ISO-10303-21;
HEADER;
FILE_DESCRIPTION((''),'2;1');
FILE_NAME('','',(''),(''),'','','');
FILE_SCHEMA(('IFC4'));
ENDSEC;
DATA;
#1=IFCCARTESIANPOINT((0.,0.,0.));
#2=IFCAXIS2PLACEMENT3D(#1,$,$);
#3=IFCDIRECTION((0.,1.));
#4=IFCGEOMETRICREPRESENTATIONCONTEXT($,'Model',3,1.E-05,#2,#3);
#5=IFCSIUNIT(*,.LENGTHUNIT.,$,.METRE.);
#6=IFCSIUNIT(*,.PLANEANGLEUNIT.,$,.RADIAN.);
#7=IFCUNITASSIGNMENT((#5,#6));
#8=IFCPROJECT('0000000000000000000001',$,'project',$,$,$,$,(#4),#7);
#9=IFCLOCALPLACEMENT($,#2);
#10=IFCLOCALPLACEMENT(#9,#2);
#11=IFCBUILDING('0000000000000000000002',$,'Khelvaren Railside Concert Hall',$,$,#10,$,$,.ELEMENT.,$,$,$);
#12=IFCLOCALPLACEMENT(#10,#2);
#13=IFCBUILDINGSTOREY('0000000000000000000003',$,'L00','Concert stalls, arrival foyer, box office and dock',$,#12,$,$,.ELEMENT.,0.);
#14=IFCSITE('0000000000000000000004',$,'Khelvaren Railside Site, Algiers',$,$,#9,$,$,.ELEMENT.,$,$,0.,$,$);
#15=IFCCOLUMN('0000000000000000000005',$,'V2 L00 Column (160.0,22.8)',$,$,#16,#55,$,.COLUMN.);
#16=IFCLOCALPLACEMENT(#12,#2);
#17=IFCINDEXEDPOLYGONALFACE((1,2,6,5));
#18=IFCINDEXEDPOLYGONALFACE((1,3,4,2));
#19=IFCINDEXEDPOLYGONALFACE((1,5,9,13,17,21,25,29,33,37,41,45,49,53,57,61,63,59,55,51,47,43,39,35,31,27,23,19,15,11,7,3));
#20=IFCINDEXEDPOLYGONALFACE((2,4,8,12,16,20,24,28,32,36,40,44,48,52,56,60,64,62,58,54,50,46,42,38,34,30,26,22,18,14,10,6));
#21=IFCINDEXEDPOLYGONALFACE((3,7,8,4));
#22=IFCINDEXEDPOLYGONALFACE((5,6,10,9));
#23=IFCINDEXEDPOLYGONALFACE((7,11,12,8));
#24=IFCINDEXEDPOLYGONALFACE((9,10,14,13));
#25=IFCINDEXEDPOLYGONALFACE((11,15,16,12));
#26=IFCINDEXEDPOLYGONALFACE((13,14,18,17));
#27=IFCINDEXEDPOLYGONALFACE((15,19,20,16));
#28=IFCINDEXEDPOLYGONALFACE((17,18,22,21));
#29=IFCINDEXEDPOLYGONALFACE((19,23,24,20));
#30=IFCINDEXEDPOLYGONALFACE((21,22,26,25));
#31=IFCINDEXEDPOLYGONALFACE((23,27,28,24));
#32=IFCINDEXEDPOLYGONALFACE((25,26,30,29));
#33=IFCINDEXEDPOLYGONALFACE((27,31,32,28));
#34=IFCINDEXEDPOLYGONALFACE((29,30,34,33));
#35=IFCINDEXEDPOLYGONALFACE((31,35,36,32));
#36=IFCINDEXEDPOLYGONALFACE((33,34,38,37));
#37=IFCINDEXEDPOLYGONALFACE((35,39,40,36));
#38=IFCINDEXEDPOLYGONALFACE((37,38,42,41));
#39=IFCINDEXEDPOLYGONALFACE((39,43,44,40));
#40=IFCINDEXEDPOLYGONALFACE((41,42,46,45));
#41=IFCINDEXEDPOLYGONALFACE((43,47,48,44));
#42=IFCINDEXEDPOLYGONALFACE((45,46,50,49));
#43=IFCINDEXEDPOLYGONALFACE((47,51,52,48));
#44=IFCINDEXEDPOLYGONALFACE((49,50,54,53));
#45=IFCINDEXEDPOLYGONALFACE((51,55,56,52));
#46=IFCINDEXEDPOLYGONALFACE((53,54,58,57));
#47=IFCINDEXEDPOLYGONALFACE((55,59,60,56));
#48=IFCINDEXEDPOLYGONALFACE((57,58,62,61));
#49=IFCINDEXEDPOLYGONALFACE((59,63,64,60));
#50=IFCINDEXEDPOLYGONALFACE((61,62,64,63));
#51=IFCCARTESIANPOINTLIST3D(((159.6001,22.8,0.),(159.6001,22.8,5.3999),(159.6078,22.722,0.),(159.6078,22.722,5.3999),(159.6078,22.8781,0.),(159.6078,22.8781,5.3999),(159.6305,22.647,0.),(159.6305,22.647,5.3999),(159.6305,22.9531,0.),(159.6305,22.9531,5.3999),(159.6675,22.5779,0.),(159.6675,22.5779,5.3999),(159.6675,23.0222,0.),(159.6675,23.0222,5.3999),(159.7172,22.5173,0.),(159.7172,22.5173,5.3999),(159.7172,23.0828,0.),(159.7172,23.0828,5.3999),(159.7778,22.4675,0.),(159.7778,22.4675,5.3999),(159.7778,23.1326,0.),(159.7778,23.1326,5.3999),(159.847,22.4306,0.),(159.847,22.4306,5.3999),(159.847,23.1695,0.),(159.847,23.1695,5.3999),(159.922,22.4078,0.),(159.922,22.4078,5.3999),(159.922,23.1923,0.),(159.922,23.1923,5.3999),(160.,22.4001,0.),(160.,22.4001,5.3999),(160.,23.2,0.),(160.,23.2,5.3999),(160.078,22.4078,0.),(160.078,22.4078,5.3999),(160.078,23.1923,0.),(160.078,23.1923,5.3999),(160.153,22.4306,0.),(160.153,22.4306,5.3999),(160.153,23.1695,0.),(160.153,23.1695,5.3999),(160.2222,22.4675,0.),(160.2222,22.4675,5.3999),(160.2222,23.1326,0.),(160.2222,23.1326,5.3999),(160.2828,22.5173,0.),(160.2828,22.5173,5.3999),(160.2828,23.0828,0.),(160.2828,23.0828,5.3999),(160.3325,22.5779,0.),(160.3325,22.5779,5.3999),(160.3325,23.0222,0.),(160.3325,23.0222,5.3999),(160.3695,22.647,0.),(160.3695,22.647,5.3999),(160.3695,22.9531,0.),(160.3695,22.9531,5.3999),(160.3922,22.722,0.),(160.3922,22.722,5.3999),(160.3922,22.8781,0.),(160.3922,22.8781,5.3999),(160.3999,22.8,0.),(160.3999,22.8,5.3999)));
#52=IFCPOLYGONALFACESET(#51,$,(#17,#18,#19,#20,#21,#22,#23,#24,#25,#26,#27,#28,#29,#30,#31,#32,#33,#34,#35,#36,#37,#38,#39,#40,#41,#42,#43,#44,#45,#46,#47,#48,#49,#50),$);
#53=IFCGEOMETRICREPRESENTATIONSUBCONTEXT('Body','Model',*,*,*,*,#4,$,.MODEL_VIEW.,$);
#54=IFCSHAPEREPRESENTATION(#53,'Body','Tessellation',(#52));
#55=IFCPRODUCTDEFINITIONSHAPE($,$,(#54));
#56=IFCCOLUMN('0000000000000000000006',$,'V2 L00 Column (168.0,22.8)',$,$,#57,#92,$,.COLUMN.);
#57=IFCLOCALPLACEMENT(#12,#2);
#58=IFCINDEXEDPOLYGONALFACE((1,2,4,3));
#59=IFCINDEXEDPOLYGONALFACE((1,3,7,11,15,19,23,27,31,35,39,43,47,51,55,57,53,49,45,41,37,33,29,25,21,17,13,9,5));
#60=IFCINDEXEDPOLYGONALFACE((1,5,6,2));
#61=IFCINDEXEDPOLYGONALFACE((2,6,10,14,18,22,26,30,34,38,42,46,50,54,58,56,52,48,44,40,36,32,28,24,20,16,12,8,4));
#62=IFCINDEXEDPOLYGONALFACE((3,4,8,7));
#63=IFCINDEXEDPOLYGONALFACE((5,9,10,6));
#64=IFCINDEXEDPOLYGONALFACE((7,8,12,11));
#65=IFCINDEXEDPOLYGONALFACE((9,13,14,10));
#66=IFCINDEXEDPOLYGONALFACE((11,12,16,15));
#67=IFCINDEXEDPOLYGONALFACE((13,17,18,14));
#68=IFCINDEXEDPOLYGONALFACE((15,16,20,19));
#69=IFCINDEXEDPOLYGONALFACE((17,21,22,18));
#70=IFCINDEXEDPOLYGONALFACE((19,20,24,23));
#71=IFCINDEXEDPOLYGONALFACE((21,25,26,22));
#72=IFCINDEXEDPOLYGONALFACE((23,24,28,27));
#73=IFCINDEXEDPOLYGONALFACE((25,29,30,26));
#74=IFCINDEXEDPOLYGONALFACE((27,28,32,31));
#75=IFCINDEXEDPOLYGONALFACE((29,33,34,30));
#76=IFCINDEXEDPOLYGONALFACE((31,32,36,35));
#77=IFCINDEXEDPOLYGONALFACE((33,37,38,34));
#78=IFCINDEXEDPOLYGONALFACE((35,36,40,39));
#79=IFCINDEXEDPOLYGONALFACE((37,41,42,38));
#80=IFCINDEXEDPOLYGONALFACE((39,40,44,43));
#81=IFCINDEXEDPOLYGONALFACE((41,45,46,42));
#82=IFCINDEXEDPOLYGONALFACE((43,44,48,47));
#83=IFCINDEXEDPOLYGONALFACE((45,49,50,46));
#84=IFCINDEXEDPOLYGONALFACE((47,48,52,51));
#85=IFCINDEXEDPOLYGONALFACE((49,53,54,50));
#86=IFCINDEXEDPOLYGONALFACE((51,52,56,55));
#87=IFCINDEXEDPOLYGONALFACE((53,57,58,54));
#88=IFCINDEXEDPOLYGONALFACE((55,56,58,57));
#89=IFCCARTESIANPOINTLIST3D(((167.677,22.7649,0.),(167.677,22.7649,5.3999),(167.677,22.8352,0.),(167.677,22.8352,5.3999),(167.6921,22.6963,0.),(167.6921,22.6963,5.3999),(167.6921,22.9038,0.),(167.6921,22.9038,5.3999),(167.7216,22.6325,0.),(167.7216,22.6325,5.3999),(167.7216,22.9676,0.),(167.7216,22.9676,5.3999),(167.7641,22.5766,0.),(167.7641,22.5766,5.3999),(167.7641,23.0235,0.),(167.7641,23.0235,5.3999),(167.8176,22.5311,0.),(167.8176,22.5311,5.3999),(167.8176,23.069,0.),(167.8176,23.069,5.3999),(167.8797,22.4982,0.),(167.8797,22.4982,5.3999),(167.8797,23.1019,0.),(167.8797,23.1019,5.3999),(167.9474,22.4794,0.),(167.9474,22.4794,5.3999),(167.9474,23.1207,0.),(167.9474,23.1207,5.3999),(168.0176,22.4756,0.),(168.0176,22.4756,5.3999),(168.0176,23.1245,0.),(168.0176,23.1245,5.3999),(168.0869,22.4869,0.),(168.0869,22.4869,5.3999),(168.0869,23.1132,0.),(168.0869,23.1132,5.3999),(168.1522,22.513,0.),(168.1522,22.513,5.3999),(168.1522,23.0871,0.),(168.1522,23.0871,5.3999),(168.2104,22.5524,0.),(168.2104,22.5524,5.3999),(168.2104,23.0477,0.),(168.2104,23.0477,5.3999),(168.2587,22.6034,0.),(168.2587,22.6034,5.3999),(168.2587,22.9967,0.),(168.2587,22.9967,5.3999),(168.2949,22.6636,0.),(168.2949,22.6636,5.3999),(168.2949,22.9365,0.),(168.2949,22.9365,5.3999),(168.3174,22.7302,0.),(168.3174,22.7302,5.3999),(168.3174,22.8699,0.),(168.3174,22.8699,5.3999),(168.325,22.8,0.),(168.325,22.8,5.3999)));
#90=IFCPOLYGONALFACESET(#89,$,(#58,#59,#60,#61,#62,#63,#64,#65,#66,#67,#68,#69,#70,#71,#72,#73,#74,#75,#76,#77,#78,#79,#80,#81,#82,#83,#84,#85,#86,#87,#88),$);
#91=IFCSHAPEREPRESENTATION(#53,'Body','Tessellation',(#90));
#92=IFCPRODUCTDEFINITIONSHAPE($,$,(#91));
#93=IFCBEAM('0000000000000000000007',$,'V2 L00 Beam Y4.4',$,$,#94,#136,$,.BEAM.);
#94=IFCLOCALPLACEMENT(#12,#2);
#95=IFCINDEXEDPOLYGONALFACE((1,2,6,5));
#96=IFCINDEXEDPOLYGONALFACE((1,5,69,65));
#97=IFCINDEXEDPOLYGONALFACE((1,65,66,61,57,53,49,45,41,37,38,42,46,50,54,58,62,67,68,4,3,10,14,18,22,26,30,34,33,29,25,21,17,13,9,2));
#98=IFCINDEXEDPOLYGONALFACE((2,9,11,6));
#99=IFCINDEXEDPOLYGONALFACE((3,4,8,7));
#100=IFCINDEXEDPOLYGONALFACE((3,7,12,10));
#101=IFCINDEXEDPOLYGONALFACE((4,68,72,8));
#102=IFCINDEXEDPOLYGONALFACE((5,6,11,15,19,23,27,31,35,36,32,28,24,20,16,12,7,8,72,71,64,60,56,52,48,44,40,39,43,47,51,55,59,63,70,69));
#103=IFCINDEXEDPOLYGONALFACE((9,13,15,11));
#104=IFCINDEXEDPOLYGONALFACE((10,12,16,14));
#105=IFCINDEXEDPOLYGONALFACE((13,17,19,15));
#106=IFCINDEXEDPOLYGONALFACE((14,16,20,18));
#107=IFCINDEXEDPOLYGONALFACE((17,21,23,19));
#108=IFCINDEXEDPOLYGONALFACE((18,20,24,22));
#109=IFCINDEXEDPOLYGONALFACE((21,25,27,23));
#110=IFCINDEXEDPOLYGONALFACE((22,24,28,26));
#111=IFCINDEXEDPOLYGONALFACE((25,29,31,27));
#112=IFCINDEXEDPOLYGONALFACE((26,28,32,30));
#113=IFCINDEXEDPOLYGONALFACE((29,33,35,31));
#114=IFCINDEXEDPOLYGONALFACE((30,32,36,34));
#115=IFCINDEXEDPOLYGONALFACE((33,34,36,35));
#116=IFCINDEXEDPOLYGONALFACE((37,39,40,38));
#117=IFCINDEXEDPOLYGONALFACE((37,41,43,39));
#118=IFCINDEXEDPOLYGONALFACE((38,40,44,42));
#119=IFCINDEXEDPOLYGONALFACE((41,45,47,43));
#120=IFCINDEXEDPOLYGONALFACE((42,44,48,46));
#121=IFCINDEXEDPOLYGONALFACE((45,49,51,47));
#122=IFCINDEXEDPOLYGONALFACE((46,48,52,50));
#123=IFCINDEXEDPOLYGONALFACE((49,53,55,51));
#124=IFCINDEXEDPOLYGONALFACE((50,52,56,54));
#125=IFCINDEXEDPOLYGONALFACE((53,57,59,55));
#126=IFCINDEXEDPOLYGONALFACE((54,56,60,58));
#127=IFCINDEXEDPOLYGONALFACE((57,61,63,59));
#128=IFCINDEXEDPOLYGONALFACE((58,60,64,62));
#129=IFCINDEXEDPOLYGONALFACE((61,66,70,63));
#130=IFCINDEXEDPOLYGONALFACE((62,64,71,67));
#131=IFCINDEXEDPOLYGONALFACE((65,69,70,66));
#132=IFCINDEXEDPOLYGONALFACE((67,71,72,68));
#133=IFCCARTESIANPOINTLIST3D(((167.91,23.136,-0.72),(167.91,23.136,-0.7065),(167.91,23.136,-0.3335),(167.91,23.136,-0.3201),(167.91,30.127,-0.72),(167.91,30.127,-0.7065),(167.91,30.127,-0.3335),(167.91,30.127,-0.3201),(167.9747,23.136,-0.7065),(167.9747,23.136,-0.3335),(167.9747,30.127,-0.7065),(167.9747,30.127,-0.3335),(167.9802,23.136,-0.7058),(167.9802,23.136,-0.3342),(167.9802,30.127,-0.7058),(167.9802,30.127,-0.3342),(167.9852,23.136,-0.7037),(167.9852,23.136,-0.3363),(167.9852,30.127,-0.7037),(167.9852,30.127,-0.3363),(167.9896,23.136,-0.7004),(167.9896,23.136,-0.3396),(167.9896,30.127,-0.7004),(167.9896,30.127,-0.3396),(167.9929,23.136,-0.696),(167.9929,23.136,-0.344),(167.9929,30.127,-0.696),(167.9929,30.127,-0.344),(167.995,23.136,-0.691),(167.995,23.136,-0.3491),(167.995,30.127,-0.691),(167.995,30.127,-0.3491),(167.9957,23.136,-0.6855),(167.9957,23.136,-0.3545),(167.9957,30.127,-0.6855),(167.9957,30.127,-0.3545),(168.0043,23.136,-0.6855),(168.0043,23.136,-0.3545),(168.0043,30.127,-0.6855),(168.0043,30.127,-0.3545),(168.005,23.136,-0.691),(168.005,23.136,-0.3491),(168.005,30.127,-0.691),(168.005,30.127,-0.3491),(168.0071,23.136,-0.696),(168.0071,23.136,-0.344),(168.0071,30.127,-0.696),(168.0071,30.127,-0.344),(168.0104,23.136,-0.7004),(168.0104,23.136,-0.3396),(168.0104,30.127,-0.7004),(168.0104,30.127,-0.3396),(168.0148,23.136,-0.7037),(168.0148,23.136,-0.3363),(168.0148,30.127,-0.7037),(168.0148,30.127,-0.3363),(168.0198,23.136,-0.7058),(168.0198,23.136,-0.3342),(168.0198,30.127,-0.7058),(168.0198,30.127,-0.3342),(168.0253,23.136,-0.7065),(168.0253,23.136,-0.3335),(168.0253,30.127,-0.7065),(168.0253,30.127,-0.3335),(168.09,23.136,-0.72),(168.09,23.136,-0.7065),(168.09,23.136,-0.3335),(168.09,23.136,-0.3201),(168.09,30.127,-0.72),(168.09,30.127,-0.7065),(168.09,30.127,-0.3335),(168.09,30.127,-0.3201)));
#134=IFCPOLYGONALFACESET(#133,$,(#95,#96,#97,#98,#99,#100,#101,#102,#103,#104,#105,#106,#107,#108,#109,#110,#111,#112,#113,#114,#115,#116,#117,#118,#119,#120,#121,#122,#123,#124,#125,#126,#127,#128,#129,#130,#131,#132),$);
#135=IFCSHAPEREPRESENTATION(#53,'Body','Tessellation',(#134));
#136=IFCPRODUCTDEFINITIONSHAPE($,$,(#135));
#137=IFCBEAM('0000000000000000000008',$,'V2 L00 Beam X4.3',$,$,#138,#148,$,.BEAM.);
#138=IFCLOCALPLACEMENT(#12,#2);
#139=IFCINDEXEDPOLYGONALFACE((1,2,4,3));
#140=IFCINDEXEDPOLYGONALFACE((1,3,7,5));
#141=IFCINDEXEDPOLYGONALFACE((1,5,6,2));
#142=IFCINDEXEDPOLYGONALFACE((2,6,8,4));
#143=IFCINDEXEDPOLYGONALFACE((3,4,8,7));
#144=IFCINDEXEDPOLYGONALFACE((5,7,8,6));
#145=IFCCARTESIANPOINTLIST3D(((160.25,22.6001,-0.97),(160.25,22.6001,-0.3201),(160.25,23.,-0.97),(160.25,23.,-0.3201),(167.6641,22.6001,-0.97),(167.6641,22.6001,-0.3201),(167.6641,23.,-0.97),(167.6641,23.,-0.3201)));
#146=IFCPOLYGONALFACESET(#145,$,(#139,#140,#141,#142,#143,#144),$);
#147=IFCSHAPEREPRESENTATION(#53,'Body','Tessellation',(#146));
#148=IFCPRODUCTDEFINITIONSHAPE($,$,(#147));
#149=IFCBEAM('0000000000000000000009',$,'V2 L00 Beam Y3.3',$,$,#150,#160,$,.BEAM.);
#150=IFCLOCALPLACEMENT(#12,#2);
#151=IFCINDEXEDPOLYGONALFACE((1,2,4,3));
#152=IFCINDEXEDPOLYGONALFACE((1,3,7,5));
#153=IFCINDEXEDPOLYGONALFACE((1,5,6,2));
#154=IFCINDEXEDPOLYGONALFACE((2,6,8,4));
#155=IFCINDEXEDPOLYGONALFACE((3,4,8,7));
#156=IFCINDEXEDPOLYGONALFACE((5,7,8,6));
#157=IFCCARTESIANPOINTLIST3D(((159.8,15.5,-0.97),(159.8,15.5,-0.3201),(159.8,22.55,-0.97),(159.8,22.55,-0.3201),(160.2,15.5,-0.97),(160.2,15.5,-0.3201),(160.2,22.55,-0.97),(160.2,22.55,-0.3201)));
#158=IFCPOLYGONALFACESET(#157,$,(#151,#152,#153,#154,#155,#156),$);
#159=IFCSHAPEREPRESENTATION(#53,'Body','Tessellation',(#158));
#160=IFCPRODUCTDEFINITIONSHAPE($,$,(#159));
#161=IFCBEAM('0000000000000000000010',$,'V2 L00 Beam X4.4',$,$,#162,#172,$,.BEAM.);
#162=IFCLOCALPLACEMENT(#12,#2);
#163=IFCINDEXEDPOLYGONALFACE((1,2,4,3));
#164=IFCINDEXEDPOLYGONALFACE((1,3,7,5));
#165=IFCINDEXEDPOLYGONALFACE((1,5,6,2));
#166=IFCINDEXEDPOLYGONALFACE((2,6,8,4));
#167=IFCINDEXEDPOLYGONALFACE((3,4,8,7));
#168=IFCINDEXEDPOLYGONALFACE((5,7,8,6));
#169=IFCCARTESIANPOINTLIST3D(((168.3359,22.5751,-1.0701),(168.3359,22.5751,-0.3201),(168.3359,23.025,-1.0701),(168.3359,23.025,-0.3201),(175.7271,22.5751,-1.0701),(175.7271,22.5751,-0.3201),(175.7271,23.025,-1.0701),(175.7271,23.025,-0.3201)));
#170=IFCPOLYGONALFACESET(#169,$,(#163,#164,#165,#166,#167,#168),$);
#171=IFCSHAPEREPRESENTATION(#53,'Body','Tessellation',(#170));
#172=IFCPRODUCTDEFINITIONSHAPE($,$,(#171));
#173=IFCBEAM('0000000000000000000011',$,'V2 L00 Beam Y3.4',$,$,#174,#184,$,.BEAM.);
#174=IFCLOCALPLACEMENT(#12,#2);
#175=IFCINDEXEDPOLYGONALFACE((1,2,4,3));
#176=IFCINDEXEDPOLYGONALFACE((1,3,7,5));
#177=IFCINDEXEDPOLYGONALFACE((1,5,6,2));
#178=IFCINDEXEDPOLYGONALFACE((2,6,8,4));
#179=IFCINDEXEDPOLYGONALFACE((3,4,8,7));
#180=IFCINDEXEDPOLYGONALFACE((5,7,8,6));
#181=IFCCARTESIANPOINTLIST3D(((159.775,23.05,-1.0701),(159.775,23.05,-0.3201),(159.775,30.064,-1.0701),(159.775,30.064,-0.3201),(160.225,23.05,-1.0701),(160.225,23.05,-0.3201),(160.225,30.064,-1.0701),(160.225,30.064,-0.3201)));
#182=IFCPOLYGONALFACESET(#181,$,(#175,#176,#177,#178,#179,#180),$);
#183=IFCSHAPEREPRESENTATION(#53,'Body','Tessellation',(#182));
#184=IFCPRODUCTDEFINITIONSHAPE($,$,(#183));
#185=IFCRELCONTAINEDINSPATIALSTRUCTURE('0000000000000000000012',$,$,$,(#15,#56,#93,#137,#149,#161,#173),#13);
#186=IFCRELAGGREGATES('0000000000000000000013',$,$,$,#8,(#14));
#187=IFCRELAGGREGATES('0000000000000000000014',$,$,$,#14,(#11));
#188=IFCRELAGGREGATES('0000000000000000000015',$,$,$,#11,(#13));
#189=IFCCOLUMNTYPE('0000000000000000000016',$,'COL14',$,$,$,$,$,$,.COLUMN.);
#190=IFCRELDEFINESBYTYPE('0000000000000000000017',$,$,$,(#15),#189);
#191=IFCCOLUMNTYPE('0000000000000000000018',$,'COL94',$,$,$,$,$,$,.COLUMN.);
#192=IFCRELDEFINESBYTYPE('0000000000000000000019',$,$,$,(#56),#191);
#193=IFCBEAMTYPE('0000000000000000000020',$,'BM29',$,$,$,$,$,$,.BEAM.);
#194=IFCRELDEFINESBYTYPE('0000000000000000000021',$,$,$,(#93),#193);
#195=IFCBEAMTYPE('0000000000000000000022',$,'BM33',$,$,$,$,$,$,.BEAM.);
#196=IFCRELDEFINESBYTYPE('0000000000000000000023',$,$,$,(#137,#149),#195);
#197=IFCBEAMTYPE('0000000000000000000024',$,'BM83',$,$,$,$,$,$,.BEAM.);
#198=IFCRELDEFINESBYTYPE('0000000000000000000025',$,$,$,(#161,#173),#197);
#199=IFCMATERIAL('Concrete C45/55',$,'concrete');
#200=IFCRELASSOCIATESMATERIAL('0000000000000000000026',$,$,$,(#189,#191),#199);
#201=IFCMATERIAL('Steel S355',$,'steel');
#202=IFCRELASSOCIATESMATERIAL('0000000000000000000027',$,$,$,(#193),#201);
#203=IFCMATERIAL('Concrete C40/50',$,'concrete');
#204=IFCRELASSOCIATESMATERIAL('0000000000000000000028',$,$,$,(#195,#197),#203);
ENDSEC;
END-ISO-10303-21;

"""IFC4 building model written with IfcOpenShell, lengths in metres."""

from ifc_helpers import new_model, si_unit, direction, frame, origin, origin_2d, place, context, subcontext, project, spatial, rectangle, circle, i_section, extrude, material, material_profile, profile_set, type_object, element, save


model = new_model("IFC4")

# Units and contexts
model_context = context("Model", 3, precision=1e-05, world=origin(), true_north=direction((0.0, 1.0)))
body_context = subcontext(model_context, "Body", "Model", "MODEL_VIEW")
ifc_project = project(units=[si_unit("LENGTHUNIT", "METRE"), si_unit("PLANEANGLEUNIT", "RADIAN")], contexts=[model_context])

# Site, building, storey
site_placement = place(None, origin())
site = spatial("IfcSite", under=ifc_project, at=site_placement, Name="Khelvaren Railside Site, Algiers", CompositionType="ELEMENT", RefElevation=0.0)
building_placement = place(site_placement, origin())
building = spatial("IfcBuilding", under=site, at=building_placement, Name="Khelvaren Railside Concert Hall", CompositionType="ELEMENT")
storey_placement = place(building_placement, origin())
storey = spatial("IfcBuildingStorey", under=building, at=storey_placement, Name="L00", Description="Concert stalls, arrival foyer, box office and dock", CompositionType="ELEMENT", Elevation=0.0)

# Columns
ifc_material_1 = material(Name="Concrete C45/55", Category="concrete")
ifc_material_profile_1 = material_profile(ifc_material_1, circle(Radius=0.3999, at=origin_2d()), Name="RC D800")
ifc_profile_set_1 = profile_set([ifc_material_profile_1], Name="Concrete C45/55")
column_type_1 = type_object("IfcColumnType", Name="COL14", PredefinedType="COLUMN", material=ifc_profile_set_1)
column_1_placement = place(storey_placement, frame((160.0, 22.8, 0.0), z_axis=(0.0, 0.0, 1.0), x_axis=(1.0, 0.0, 0.0)))
element("IfcColumn", 1, at=column_1_placement, inside=storey, type_object=column_type_1, Name="V2 L00 Column (160.0,22.8)", PredefinedType="COLUMN", context=body_context, shape_type="SweptSolid", body=[
    extrude(circle(Radius=0.3999, at=origin_2d()), origin(), (0.0, 0.0, 1.0), 5.3999),
])
ifc_material_profile_2 = material_profile(ifc_material_1, circle(Radius=0.325, at=origin_2d()), Name="RC D650")
ifc_profile_set_2 = profile_set([ifc_material_profile_2], Name="Concrete C45/55")
column_type_2 = type_object("IfcColumnType", Name="COL94", PredefinedType="COLUMN", material=ifc_profile_set_2)
column_2_placement = place(storey_placement, frame((168.0, 22.8, 0.0), z_axis=(0.0, 0.0, 1.0), x_axis=(1.0, 0.0, 0.0)))
element("IfcColumn", 2, at=column_2_placement, inside=storey, type_object=column_type_2, Name="V2 L00 Column (168.0,22.8)", PredefinedType="COLUMN", context=body_context, shape_type="SweptSolid", body=[
    extrude(circle(Radius=0.325, at=origin_2d()), origin(), (0.0, 0.0, 1.0), 5.3999),
])

# Beams
ifc_material_2 = material(Name="Steel S355", Category="steel")
ifc_material_profile_3 = material_profile(ifc_material_2, i_section(OverallWidth=0.1799, OverallDepth=0.3999, WebThickness=0.0085, FlangeThickness=0.0134, FilletRadius=0.021, at=origin_2d()), Name="IPE 400")
ifc_profile_set_3 = profile_set([ifc_material_profile_3], Name="Steel S355")
beam_type_1 = type_object("IfcBeamType", Name="BM29", PredefinedType="BEAM", material=ifc_profile_set_3)
beam_1_placement = place(storey_placement, frame((168.0, 23.136, -0.52), z_axis=(0.0, 1.0, 0.0), x_axis=(-1.0, 0.0, 0.0)))
element("IfcBeam", 3, at=beam_1_placement, inside=storey, type_object=beam_type_1, Name="V2 L00 Beam Y4.4", PredefinedType="BEAM", context=body_context, shape_type="SweptSolid", body=[
    extrude(i_section(OverallWidth=0.1799, OverallDepth=0.3999, WebThickness=0.0085, FlangeThickness=0.0134, FilletRadius=0.021, at=origin_2d()), origin(), (0.0, 0.0, 1.0), 6.991),
])
ifc_material_3 = material(Name="Concrete C40/50", Category="concrete")
ifc_material_profile_4 = material_profile(ifc_material_3, rectangle(XDim=0.3999, YDim=0.6499, at=origin_2d()), Name="RCB 400x650")
ifc_profile_set_4 = profile_set([ifc_material_profile_4], Name="Concrete C40/50")
beam_type_2 = type_object("IfcBeamType", Name="BM33", PredefinedType="BEAM", material=ifc_profile_set_4)
beam_2_placement = place(storey_placement, frame((160.25, 22.8, -0.645), z_axis=(1.0, 0.0, 0.0), x_axis=(0.0, 1.0, 0.0)))
element("IfcBeam", 4, at=beam_2_placement, inside=storey, type_object=beam_type_2, Name="V2 L00 Beam X4.3", PredefinedType="BEAM", context=body_context, shape_type="SweptSolid", body=[
    extrude(rectangle(XDim=0.3999, YDim=0.6499, at=origin_2d()), origin(), (0.0, 0.0, 1.0), 7.4141),
])
beam_3_placement = place(storey_placement, frame((160.0, 15.5, -0.645), z_axis=(0.0, 1.0, 0.0), x_axis=(-1.0, 0.0, 0.0)))
element("IfcBeam", 5, at=beam_3_placement, inside=storey, type_object=beam_type_2, Name="V2 L00 Beam Y3.3", PredefinedType="BEAM", context=body_context, shape_type="SweptSolid", body=[
    extrude(rectangle(XDim=0.3999, YDim=0.6499, at=origin_2d()), origin(), (0.0, 0.0, 1.0), 7.05),
])
ifc_material_profile_5 = material_profile(ifc_material_3, rectangle(XDim=0.45, YDim=0.75, at=origin_2d()), Name="RCB 450x750")
ifc_profile_set_5 = profile_set([ifc_material_profile_5], Name="Concrete C40/50")
beam_type_3 = type_object("IfcBeamType", Name="BM83", PredefinedType="BEAM", material=ifc_profile_set_5)
beam_4_placement = place(storey_placement, frame((168.3359, 22.8, -0.6951), z_axis=(1.0, 0.0, 0.0), x_axis=(0.0, 1.0, 0.0)))
element("IfcBeam", 6, at=beam_4_placement, inside=storey, type_object=beam_type_3, Name="V2 L00 Beam X4.4", PredefinedType="BEAM", context=body_context, shape_type="SweptSolid", body=[
    extrude(rectangle(XDim=0.45, YDim=0.75, at=origin_2d()), origin(), (0.0, 0.0, 1.0), 7.3911),
])
beam_5_placement = place(storey_placement, frame((160.0, 23.05, -0.6951), z_axis=(0.0, 1.0, 0.0), x_axis=(-1.0, 0.0, 0.0)))
element("IfcBeam", 7, at=beam_5_placement, inside=storey, type_object=beam_type_3, Name="V2 L00 Beam Y3.4", PredefinedType="BEAM", context=body_context, shape_type="SweptSolid", body=[
    extrude(rectangle(XDim=0.45, YDim=0.75, at=origin_2d()), origin(), (0.0, 0.0, 1.0), 7.0139),
])

save(model, "model.ifc")
